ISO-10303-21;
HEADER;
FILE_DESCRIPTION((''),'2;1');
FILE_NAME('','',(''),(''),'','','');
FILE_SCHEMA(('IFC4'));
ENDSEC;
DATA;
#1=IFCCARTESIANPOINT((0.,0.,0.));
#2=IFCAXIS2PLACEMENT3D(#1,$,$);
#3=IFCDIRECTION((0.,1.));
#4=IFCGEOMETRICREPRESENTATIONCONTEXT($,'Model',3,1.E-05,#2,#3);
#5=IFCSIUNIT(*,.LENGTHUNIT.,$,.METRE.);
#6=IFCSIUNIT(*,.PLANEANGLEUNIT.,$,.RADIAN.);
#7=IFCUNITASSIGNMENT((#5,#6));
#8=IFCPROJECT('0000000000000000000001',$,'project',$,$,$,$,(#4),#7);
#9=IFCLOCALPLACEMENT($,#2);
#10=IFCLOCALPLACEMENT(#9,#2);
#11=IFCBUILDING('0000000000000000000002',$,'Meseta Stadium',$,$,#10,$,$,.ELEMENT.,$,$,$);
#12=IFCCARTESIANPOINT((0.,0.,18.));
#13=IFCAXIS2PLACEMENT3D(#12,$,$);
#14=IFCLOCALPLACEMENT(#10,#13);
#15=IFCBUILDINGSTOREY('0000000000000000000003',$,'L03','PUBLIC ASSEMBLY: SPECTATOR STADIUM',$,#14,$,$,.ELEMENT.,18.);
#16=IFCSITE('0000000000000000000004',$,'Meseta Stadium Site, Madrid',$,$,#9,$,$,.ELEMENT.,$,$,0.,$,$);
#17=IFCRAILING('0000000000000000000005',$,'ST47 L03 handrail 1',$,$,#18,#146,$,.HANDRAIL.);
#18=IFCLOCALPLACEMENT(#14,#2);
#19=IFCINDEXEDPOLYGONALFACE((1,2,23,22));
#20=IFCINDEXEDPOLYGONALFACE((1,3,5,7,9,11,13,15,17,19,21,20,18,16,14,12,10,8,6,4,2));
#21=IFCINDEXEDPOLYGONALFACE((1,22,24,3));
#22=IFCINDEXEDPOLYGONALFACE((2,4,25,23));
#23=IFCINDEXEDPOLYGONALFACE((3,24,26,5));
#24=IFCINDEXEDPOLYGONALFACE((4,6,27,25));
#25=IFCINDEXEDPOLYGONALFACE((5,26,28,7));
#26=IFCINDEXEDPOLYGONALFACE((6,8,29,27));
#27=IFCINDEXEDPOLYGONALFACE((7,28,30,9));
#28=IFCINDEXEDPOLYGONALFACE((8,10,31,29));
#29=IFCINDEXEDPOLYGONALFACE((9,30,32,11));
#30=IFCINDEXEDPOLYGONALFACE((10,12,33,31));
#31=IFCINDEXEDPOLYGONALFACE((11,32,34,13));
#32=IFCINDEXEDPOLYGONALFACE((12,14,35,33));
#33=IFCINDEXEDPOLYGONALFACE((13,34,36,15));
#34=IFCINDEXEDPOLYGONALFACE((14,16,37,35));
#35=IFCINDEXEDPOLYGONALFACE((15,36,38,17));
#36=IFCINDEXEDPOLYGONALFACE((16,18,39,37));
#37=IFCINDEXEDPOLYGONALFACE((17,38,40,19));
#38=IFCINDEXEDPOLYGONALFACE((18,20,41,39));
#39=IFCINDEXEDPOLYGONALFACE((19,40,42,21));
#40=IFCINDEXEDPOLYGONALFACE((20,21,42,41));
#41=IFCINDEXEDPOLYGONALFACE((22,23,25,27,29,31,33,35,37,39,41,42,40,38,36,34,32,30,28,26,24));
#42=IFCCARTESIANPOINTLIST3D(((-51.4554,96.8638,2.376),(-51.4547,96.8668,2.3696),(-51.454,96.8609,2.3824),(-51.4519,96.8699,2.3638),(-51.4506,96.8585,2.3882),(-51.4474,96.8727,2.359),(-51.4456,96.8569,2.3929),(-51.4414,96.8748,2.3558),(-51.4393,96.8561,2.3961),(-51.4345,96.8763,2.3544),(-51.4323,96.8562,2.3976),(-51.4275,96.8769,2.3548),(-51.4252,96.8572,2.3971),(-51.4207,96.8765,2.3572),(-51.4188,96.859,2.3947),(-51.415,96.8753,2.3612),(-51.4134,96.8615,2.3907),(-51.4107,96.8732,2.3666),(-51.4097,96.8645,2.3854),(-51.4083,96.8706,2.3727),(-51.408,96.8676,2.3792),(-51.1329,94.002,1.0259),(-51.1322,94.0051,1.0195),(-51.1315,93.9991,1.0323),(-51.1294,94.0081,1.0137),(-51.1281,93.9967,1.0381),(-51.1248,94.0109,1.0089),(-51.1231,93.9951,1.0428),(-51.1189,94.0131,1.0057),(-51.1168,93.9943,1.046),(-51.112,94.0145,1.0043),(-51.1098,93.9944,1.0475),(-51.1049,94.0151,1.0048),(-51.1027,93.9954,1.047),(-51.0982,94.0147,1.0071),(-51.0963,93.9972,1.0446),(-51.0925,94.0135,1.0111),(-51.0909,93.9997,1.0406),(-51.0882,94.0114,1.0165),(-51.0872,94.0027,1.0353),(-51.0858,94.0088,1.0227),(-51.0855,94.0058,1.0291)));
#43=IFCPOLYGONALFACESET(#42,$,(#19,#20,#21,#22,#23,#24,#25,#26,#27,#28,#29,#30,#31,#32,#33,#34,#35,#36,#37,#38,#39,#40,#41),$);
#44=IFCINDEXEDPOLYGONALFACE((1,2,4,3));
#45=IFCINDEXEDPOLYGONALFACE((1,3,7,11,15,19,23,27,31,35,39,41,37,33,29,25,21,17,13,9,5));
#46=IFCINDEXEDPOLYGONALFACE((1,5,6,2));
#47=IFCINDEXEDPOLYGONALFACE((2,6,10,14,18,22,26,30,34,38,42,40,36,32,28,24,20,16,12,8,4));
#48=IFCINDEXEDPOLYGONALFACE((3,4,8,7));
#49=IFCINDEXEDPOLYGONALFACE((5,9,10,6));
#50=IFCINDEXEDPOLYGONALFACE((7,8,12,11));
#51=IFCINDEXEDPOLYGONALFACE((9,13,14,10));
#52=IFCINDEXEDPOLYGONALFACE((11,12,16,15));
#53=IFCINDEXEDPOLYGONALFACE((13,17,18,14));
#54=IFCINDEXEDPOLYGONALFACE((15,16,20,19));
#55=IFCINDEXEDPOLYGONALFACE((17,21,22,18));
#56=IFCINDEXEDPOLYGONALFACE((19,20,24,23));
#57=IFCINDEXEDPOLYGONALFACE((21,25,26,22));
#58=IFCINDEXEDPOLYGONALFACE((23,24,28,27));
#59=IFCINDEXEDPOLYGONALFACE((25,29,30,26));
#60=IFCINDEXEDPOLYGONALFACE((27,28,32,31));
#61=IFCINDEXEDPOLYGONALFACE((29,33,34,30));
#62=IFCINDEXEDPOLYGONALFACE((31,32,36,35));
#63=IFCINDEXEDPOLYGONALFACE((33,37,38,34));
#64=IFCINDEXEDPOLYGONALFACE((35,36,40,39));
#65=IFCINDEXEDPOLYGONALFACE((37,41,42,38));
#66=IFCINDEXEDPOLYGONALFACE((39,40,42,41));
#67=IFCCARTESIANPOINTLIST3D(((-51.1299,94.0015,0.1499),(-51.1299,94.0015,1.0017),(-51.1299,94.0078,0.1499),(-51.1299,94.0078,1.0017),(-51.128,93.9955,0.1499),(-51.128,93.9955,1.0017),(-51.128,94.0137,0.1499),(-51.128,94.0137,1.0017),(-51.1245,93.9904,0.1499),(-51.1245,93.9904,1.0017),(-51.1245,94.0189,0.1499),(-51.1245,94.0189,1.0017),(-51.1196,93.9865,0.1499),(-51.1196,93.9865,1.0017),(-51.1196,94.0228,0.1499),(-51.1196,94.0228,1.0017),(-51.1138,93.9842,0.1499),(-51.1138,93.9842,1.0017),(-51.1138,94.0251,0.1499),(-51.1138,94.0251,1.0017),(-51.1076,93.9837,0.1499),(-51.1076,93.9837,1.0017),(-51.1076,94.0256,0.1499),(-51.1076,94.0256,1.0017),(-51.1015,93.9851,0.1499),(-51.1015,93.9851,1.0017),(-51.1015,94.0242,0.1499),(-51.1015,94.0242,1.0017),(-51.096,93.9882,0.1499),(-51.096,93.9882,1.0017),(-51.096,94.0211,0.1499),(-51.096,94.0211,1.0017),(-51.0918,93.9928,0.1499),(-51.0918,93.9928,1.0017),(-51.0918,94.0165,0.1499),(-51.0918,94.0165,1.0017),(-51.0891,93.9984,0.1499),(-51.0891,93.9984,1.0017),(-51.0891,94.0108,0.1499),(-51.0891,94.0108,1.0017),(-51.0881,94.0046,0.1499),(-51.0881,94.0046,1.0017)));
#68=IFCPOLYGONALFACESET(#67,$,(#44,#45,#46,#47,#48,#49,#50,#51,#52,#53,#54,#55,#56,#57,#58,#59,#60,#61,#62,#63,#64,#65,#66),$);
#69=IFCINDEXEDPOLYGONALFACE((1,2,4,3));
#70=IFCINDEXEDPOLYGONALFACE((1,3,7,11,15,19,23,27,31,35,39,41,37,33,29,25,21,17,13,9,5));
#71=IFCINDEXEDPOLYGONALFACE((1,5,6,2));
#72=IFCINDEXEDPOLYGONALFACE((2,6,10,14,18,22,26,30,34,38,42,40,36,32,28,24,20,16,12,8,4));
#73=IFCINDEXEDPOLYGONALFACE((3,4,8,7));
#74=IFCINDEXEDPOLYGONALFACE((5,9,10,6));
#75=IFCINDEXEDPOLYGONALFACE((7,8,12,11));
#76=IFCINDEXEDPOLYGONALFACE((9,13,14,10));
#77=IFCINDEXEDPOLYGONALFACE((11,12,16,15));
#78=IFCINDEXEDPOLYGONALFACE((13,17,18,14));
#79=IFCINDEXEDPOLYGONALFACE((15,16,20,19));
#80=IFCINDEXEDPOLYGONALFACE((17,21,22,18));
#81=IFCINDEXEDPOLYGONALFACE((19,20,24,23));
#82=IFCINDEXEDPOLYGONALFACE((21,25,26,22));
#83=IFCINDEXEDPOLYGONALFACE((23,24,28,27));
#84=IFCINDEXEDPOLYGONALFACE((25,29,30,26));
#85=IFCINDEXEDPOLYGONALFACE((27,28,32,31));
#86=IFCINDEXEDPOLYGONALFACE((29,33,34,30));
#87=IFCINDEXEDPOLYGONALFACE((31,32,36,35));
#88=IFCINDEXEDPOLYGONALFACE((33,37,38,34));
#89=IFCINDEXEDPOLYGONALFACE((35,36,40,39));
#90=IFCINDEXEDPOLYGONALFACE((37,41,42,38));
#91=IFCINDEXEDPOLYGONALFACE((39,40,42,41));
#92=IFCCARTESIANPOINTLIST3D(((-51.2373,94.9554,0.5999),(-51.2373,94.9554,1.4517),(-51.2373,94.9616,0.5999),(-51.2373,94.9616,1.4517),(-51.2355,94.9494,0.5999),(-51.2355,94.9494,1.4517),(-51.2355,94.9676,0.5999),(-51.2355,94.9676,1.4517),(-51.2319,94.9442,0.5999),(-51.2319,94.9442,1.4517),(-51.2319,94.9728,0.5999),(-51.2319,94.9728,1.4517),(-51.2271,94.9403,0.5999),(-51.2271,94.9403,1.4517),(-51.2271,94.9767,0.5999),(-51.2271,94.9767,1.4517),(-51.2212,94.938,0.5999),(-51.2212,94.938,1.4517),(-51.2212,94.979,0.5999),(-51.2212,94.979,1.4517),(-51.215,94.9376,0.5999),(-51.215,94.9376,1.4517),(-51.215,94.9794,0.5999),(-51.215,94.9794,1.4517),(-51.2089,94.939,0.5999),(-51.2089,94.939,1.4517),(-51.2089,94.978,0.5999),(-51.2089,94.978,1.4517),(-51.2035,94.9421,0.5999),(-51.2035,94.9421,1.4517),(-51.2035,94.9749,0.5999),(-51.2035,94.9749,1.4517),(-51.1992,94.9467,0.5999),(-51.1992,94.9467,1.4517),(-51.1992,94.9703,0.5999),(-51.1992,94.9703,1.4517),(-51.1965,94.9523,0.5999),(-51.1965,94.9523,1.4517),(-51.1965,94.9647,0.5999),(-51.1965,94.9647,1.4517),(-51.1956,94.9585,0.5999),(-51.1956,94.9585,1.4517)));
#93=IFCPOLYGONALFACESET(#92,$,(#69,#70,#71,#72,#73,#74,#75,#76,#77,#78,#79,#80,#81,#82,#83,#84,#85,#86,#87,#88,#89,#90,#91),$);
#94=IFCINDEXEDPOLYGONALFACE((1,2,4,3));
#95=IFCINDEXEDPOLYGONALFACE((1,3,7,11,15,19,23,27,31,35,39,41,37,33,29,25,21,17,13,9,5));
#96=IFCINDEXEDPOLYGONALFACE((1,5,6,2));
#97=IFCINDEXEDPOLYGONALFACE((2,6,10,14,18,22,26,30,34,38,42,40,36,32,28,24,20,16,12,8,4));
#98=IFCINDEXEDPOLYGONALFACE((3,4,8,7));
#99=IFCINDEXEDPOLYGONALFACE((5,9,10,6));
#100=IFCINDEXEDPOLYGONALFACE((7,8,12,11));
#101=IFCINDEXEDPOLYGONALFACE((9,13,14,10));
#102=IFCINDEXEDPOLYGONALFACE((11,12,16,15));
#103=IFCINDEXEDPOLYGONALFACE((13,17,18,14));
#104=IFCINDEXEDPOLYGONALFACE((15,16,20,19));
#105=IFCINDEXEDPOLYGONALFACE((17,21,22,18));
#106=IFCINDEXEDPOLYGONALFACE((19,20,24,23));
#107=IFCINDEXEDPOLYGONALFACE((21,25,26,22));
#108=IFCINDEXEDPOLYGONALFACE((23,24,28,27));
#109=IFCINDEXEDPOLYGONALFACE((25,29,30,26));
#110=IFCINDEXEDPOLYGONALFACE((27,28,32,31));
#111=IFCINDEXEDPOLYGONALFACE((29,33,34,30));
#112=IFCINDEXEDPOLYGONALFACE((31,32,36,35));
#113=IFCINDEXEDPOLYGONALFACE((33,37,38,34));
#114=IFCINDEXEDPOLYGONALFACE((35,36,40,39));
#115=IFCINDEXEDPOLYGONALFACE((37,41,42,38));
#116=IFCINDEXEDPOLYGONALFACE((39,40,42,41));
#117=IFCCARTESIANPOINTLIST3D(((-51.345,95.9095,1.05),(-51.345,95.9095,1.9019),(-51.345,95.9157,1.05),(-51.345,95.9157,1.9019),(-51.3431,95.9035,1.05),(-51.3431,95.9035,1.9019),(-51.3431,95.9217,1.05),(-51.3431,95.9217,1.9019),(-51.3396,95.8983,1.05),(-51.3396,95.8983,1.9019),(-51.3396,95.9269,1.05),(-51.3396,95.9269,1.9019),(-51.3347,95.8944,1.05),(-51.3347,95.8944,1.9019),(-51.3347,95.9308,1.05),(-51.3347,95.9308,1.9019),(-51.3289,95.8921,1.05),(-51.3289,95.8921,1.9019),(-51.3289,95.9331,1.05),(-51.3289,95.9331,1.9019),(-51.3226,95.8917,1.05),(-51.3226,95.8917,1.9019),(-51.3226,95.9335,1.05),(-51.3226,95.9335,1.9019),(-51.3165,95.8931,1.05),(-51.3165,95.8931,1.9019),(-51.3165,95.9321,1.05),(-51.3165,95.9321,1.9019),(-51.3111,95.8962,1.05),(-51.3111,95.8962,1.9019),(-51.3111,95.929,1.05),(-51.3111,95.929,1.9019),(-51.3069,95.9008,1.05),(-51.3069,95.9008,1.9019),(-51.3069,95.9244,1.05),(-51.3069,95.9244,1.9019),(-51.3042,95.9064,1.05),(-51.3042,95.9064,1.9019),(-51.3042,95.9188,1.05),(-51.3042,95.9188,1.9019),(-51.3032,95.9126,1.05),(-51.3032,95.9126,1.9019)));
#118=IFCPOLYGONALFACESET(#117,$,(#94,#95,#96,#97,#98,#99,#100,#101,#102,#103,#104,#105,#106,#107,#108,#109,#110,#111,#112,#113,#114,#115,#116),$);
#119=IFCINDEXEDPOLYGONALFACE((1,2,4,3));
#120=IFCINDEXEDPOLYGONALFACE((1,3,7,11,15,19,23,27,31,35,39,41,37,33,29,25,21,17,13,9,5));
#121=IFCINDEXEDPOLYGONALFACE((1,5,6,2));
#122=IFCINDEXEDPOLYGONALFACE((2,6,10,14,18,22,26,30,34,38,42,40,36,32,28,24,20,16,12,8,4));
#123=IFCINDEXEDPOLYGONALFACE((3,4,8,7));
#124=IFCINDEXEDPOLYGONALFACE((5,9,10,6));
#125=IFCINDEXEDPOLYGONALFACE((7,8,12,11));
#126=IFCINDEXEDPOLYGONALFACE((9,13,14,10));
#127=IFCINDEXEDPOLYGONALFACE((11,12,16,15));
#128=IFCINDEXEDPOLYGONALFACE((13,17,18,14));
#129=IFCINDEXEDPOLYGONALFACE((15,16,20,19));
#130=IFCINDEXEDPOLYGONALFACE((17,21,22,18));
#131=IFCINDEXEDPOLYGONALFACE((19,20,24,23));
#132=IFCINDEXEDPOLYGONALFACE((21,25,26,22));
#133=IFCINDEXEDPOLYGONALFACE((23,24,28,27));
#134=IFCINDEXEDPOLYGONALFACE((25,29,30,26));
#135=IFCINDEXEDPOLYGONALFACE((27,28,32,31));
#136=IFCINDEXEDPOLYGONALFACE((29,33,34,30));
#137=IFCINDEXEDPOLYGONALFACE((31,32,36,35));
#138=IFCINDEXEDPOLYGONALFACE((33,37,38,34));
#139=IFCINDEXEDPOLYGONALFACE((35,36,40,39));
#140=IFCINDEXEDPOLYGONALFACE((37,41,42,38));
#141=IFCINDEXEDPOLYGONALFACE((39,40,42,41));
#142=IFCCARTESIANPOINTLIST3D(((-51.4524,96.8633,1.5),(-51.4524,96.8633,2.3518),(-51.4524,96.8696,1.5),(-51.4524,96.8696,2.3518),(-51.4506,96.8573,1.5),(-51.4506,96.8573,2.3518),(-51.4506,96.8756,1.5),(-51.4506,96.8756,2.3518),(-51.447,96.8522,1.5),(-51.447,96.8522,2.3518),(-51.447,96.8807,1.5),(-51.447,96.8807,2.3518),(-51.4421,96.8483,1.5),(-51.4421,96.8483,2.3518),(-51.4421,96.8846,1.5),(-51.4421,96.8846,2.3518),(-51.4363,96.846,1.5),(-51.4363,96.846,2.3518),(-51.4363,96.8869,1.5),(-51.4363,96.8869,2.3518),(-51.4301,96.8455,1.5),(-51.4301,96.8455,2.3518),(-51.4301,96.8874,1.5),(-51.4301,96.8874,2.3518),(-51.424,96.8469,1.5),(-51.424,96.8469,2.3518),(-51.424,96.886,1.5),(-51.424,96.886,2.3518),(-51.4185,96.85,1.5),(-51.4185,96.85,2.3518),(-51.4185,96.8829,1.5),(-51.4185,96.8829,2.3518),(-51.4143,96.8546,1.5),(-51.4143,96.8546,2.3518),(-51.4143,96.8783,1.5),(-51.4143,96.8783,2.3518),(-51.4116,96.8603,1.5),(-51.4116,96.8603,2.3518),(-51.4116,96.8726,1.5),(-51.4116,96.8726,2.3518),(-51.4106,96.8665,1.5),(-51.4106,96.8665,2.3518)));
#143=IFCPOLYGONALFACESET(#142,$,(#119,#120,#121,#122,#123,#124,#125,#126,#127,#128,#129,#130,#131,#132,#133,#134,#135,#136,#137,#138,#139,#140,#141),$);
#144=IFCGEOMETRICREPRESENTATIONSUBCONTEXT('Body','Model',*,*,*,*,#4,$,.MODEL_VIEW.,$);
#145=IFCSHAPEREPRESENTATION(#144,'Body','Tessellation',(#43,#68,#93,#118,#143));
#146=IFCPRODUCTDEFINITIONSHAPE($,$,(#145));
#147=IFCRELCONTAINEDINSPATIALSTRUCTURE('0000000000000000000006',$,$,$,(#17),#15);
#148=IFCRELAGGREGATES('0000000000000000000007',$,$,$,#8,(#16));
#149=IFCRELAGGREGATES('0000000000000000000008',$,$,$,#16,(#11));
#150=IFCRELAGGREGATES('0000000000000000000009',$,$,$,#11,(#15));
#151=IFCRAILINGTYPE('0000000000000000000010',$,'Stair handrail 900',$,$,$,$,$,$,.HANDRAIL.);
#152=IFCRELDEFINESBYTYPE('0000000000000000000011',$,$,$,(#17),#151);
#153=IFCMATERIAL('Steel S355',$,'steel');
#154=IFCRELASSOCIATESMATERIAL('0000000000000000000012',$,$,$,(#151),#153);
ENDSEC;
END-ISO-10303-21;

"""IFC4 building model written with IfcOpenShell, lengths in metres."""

from ifc_helpers import new_model, si_unit, direction, frame, origin, origin_2d, place, context, subcontext, project, spatial, circle, extrude, material, type_object, element, save


model = new_model("IFC4")

# Units and contexts
model_context = context("Model", 3, precision=1e-05, world=origin(), true_north=direction((0.0, 1.0)))
body_context = subcontext(model_context, "Body", "Model", "MODEL_VIEW")
ifc_project = project(units=[si_unit("LENGTHUNIT", "METRE"), si_unit("PLANEANGLEUNIT", "RADIAN")], contexts=[model_context])

# Site, building, storey
site_placement = place(None, origin())
site = spatial("IfcSite", under=ifc_project, at=site_placement, Name="Meseta Stadium Site, Madrid", CompositionType="ELEMENT", RefElevation=0.0)
building_placement = place(site_placement, origin())
building = spatial("IfcBuilding", under=site, at=building_placement, Name="Meseta Stadium", CompositionType="ELEMENT")
storey_placement = place(building_placement, frame((0.0, 0.0, 18.0)))
storey = spatial("IfcBuildingStorey", under=building, at=storey_placement, Name="L03", Description="PUBLIC ASSEMBLY: SPECTATOR STADIUM", CompositionType="ELEMENT", Elevation=18.0)

# Railing
ifc_material_1 = material(Name="Steel S355", Category="steel")
railing_type_1 = type_object("IfcRailingType", Name="Stair handrail 900", PredefinedType="HANDRAIL", material=ifc_material_1)
for number, where, name in (
    (1, (-51.1091, 94.0046, 0.1499), "ST47 L03 handrail 1"),
):
    element("IfcRailing", number, at=place(storey_placement, frame(where)), inside=storey, type_object=railing_type_1, Name=name, PredefinedType="HANDRAIL", context=body_context, shape_type="SweptSolid", body=[
        extrude(circle(Radius=0.0239, at=origin_2d()), frame((0.0, 0.0, 0.876), z_axis=(-0.101396, 0.899748, 0.424467), x_axis=(-0.99371, -0.111985, 0.0)), (0.0, 0.0, 1.0), 3.1807),
        extrude(circle(Radius=0.021, at=origin_2d()), origin(), (0.0, 0.0, 1.0), 0.8518),
        extrude(circle(Radius=0.021, at=origin_2d()), frame((-0.1074, 0.9539, 0.45)), (0.0, 0.0, 1.0), 0.8518),
        extrude(circle(Radius=0.021, at=origin_2d()), frame((-0.2151, 1.908, 0.9001)), (0.0, 0.0, 1.0), 0.8518),
        extrude(circle(Radius=0.021, at=origin_2d()), frame((-0.3225, 2.8618, 1.3501)), (0.0, 0.0, 1.0), 0.8518),
    ])

save(model, "model.ifc")
